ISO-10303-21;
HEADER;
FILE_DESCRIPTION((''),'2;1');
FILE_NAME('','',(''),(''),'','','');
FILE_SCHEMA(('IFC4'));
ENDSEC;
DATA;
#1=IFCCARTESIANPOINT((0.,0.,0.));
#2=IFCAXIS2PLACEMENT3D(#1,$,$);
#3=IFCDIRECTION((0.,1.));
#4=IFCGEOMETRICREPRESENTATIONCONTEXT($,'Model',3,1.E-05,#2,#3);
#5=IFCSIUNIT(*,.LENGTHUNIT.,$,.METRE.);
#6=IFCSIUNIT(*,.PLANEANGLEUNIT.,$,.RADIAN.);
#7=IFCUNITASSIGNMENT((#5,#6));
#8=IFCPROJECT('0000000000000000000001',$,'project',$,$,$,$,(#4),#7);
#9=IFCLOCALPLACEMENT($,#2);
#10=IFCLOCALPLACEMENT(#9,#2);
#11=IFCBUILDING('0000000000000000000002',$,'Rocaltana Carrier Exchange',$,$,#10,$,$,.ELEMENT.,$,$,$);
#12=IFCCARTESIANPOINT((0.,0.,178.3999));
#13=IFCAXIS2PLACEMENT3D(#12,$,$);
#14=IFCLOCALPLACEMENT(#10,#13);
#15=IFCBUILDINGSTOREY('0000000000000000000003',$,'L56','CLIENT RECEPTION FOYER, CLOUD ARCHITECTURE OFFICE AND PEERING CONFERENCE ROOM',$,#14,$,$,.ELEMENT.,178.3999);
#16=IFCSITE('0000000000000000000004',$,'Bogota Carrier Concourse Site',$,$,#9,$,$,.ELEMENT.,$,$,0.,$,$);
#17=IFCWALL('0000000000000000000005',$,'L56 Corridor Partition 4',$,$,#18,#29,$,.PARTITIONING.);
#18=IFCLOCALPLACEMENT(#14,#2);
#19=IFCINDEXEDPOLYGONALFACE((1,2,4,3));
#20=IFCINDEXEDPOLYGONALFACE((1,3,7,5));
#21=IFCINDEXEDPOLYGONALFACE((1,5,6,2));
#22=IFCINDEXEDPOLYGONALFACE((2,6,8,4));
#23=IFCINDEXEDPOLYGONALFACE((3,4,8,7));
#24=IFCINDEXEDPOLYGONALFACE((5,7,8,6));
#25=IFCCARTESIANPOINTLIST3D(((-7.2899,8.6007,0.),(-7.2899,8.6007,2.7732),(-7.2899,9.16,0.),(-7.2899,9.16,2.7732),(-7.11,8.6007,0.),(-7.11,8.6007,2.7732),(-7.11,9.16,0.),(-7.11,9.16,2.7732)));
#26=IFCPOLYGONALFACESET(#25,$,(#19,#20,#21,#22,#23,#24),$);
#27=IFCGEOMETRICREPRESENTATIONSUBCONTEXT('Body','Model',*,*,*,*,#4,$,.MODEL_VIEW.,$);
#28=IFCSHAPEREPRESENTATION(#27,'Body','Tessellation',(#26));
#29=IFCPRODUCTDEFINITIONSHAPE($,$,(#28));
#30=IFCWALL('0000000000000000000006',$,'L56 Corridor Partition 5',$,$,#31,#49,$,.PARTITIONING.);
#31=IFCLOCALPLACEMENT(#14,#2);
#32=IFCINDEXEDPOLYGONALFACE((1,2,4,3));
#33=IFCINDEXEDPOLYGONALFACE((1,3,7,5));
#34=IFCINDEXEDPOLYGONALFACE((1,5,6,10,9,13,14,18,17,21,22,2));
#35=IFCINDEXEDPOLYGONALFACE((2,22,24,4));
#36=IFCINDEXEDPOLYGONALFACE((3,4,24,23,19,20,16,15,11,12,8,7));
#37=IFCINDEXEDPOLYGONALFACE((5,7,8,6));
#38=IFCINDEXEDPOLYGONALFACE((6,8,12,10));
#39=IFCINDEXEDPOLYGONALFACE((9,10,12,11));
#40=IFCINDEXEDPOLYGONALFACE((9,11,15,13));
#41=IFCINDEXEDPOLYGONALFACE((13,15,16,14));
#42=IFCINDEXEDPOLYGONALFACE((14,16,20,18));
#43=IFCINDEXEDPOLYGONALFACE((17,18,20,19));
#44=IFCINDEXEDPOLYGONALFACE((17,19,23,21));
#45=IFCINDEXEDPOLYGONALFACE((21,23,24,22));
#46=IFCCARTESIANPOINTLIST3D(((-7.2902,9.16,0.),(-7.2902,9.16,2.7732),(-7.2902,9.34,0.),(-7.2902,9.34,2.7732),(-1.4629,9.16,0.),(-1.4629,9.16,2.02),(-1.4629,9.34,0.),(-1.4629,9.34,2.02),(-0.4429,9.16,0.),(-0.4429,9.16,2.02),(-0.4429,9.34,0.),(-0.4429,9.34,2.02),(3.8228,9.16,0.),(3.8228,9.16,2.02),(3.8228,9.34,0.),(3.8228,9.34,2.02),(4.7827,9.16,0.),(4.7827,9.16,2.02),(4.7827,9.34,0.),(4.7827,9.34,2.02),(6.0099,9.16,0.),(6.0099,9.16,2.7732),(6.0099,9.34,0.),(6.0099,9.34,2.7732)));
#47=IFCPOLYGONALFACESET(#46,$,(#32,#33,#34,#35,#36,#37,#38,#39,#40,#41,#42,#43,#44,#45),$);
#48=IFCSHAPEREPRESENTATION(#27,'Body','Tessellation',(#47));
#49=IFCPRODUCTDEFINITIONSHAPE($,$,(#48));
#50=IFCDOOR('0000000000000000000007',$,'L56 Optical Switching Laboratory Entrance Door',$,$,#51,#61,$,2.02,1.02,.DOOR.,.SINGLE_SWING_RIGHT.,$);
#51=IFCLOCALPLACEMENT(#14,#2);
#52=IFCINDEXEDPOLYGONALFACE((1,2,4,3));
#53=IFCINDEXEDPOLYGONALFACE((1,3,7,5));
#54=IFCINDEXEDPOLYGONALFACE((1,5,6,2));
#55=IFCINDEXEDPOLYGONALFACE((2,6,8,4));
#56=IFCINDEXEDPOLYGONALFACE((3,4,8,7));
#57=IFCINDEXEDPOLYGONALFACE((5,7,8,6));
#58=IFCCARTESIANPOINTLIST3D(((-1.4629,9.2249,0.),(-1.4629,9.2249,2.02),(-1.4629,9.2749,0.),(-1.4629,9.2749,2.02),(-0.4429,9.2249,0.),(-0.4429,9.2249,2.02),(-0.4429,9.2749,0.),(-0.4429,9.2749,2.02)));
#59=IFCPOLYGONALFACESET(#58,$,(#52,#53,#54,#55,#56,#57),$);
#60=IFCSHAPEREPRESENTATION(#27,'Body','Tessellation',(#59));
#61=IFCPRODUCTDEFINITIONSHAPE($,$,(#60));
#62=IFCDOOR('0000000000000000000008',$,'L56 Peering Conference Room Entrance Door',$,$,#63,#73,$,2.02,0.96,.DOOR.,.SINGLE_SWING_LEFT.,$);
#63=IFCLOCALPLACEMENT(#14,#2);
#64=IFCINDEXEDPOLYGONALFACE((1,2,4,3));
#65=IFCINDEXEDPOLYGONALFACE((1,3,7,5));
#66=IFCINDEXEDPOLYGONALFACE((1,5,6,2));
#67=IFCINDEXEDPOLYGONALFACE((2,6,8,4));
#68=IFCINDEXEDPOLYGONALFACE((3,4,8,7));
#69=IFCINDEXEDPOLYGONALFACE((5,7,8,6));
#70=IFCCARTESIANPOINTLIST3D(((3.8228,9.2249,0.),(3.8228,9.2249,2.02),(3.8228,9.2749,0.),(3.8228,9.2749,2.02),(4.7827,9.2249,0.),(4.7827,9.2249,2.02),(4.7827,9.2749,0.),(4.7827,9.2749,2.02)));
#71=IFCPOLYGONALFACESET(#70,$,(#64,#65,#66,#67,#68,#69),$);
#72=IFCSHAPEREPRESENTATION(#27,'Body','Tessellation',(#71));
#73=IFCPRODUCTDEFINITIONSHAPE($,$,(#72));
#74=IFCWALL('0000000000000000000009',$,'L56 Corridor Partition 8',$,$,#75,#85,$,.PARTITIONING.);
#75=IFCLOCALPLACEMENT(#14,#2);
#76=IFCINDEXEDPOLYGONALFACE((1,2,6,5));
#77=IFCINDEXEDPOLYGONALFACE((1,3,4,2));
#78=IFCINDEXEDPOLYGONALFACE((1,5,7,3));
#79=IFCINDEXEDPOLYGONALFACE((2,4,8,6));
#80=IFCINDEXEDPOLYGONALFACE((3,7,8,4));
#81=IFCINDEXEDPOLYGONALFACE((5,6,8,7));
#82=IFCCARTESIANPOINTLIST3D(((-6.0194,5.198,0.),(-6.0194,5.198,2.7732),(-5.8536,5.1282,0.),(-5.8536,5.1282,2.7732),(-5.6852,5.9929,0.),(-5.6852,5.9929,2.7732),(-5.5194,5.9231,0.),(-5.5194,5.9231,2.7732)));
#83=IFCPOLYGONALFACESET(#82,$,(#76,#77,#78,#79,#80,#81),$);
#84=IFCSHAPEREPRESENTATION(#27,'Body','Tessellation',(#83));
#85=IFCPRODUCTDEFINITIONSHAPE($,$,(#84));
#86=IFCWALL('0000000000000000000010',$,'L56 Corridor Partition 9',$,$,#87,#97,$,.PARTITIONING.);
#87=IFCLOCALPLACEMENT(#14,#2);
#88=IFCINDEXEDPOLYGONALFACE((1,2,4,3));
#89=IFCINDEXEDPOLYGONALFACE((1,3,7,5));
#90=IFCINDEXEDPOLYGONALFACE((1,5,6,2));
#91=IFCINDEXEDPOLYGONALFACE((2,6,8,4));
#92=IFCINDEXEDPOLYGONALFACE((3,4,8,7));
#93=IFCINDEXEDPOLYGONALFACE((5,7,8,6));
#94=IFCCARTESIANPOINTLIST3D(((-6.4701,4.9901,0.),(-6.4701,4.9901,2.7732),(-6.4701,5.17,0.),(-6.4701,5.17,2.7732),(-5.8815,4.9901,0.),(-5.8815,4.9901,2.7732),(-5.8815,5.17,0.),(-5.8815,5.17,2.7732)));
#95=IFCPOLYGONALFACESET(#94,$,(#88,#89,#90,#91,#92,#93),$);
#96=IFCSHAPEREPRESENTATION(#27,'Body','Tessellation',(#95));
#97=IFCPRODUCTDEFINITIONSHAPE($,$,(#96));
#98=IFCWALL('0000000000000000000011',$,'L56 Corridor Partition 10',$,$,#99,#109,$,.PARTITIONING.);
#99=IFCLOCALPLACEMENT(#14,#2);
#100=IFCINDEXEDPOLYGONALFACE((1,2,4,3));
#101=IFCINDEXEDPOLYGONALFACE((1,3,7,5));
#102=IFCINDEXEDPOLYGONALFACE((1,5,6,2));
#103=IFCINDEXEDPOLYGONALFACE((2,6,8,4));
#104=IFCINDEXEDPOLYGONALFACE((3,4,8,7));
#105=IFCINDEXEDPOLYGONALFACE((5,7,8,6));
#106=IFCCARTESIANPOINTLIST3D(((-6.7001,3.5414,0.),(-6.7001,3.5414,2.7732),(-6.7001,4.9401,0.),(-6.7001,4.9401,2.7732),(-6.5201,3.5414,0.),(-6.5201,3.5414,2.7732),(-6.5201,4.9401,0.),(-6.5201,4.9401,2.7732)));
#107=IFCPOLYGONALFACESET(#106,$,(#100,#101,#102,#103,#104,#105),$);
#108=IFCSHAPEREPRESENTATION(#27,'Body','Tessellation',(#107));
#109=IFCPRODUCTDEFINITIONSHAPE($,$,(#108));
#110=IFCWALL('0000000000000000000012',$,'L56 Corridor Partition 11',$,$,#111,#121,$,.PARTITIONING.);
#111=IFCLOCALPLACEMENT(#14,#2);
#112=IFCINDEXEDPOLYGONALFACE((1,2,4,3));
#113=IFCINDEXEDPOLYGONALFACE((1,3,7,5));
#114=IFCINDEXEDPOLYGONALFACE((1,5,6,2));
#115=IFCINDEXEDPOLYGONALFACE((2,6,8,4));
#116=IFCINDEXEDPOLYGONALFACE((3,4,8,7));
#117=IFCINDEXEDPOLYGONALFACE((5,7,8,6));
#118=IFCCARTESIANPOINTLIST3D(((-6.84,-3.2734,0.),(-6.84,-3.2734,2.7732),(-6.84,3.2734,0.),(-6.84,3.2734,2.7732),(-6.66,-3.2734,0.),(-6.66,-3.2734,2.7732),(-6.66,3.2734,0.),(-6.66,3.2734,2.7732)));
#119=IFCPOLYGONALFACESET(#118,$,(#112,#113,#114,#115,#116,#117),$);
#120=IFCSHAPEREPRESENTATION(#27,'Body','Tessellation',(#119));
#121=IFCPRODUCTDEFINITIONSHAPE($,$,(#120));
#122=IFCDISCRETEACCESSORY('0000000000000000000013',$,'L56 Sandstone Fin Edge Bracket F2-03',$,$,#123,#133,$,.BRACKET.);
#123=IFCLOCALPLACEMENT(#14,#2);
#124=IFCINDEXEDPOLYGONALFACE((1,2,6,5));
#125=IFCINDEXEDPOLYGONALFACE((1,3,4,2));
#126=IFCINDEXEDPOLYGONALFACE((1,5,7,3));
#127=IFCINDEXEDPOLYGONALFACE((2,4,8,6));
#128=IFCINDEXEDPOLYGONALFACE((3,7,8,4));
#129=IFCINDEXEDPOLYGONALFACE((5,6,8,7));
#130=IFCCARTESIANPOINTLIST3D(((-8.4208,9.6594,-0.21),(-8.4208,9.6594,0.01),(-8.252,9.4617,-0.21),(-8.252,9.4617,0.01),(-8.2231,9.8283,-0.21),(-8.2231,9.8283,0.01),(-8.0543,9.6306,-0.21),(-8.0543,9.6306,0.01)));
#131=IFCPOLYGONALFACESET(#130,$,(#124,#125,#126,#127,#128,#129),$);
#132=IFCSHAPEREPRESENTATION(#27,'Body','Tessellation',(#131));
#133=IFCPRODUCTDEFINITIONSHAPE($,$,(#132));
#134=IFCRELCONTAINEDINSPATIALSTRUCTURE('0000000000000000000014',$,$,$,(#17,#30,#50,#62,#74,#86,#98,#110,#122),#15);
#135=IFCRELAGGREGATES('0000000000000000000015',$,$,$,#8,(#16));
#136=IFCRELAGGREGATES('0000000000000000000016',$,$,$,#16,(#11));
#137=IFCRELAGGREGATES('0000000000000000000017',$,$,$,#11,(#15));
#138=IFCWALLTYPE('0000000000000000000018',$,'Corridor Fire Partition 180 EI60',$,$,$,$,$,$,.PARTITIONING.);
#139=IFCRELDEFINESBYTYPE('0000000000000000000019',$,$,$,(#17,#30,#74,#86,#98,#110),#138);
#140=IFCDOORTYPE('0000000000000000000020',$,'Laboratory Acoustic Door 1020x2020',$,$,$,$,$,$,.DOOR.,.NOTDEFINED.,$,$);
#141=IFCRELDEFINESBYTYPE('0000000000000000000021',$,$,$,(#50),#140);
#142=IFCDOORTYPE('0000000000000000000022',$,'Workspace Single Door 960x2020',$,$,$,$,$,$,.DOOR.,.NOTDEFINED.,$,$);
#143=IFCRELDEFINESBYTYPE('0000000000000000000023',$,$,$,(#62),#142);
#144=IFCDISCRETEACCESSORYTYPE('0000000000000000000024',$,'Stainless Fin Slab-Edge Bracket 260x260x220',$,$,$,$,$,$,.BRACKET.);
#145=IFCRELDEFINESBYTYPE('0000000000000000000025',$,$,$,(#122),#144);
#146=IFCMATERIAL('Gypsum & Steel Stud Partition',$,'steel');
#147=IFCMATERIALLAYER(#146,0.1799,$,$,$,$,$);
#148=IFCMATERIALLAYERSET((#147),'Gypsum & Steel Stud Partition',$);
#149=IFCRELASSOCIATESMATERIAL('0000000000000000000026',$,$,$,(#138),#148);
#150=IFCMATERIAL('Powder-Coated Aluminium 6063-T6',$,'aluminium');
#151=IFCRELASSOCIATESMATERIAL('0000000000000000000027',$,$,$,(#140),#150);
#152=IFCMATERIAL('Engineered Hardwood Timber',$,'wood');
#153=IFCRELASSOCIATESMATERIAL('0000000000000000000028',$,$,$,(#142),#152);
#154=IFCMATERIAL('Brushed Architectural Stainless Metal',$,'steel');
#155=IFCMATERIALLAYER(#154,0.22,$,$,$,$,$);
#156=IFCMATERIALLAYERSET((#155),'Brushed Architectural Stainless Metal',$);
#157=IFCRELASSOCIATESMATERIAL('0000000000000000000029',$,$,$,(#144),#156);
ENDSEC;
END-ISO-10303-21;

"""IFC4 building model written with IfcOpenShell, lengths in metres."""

from ifc_helpers import new_model, si_unit, direction, frame, frame_2d, origin, origin_2d, place, context, subcontext, project, spatial, rectangle, extrude, material, layer, layer_set, type_object, element, fill, save


model = new_model("IFC4")

# Units and contexts
model_context = context("Model", 3, precision=1e-05, world=origin(), true_north=direction((0.0, 1.0)))
body_context = subcontext(model_context, "Body", "Model", "MODEL_VIEW")
ifc_project = project(units=[si_unit("LENGTHUNIT", "METRE"), si_unit("PLANEANGLEUNIT", "RADIAN")], contexts=[model_context])

# Site, building, storey
site_placement = place(None, origin())
site = spatial("IfcSite", under=ifc_project, at=site_placement, Name="Bogota Carrier Concourse Site", CompositionType="ELEMENT", RefElevation=0.0)
building_placement = place(site_placement, origin())
building = spatial("IfcBuilding", under=site, at=building_placement, Name="Rocaltana Carrier Exchange", CompositionType="ELEMENT")
storey_placement = place(building_placement, frame((0.0, 0.0, 178.3999)))
storey = spatial("IfcBuildingStorey", under=building, at=storey_placement, Name="L56", Description="CLIENT RECEPTION FOYER, CLOUD ARCHITECTURE OFFICE AND PEERING CONFERENCE ROOM", CompositionType="ELEMENT", Elevation=178.3999)

# Wall
ifc_material_1 = material(Name="Gypsum & Steel Stud Partition", Category="steel")
ifc_layer_1 = layer(ifc_material_1, 0.1799)
ifc_layer_set_1 = layer_set([ifc_layer_1], Name="Gypsum & Steel Stud Partition")
wall_type_1 = type_object("IfcWallType", Name="Corridor Fire Partition 180 EI60", PredefinedType="PARTITIONING", material=ifc_layer_set_1)
wall_1_placement = place(storey_placement, frame((-7.2, 8.6006, 0.0), z_axis=(0.0, 0.0, 1.0), x_axis=(0.0, 1.0, 0.0)))
element("IfcWall", 1, at=wall_1_placement, inside=storey, type_object=wall_type_1, Name="L56 Corridor Partition 4", PredefinedType="PARTITIONING", context=body_context, shape_type="SweptSolid", body=[
    extrude(rectangle(XDim=0.5593, YDim=0.1799, at=frame_2d((0.2798, 0.0))), origin(), (0.0, 0.0, 1.0), 2.7732),
])

# Wall, openings, doors
wall_2_placement = place(storey_placement, frame((-7.29, 9.25, 0.0), z_axis=(0.0, 0.0, 1.0), x_axis=(1.0, 0.0, 0.0)))
wall_2 = element("IfcWall", 2, at=wall_2_placement, inside=storey, type_object=wall_type_1, Name="L56 Corridor Partition 5", PredefinedType="PARTITIONING", context=body_context, shape_type="SweptSolid", body=[
    extrude(rectangle(XDim=13.3, YDim=0.1799, at=frame_2d((6.6499, 0.0))), origin(), (0.0, 0.0, 1.0), 2.7732),
])
opening_1_placement = place(wall_2_placement, frame((11.1128, 0.0, 0.0)))
opening_1 = element("IfcOpeningElement", 3, at=opening_1_placement, cuts=wall_2, PredefinedType="OPENING", context=body_context, shape_type="SweptSolid", body=[
    extrude(rectangle(XDim=0.96, YDim=2.02, at=frame_2d((0.48, 1.01))), frame((0.0, 0.0999, 0.0), z_axis=(0.0, -1.0, 0.0), x_axis=(1.0, 0.0, 0.0)), (0.0, 0.0, 1.0), 0.2),
])
opening_2_placement = place(wall_2_placement, frame((5.8271, 0.0, 0.0)))
opening_2 = element("IfcOpeningElement", 4, at=opening_2_placement, cuts=wall_2, PredefinedType="OPENING", context=body_context, shape_type="SweptSolid", body=[
    extrude(rectangle(XDim=1.02, YDim=2.02, at=frame_2d((0.51, 1.01))), frame((0.0, 0.0999, 0.0), z_axis=(0.0, -1.0, 0.0), x_axis=(1.0, 0.0, 0.0)), (0.0, 0.0, 1.0), 0.2),
])
ifc_material_2 = material(Name="Powder-Coated Aluminium 6063-T6", Category="aluminium")
door_type_1 = type_object("IfcDoorType", Name="Laboratory Acoustic Door 1020x2020", OperationType="NOTDEFINED", PredefinedType="DOOR", material=ifc_material_2)
door_1_placement = place(opening_2_placement, origin())
door_1 = element("IfcDoor", 5, at=door_1_placement, inside=storey, type_object=door_type_1, Name="L56 Optical Switching Laboratory Entrance Door", OperationType="SINGLE_SWING_RIGHT", OverallHeight=2.02, OverallWidth=1.02, PredefinedType="DOOR", context=body_context, shape_type="SweptSolid", body=[
    extrude(rectangle(XDim=1.02, YDim=2.02, at=frame_2d((0.51, 1.01))), frame((0.0, 0.0249, 0.0), z_axis=(0.0, -1.0, 0.0), x_axis=(1.0, 0.0, 0.0)), (0.0, 0.0, 1.0), 0.05),
])
fill(opening_2, door_1)
ifc_material_3 = material(Name="Engineered Hardwood Timber", Category="wood")
door_type_2 = type_object("IfcDoorType", Name="Workspace Single Door 960x2020", OperationType="NOTDEFINED", PredefinedType="DOOR", material=ifc_material_3)
door_2_placement = place(opening_1_placement, origin())
door_2 = element("IfcDoor", 6, at=door_2_placement, inside=storey, type_object=door_type_2, Name="L56 Peering Conference Room Entrance Door", OperationType="SINGLE_SWING_LEFT", OverallHeight=2.02, OverallWidth=0.96, PredefinedType="DOOR", context=body_context, shape_type="SweptSolid", body=[
    extrude(rectangle(XDim=0.96, YDim=2.02, at=frame_2d((0.48, 1.01))), frame((0.0, 0.0249, 0.0), z_axis=(0.0, -1.0, 0.0), x_axis=(1.0, 0.0, 0.0)), (0.0, 0.0, 1.0), 0.05),
])
fill(opening_1, door_2)

# Walls
wall_3_placement = place(storey_placement, frame((-5.6023, 5.958, 0.0), z_axis=(0.0, 0.0, 1.0), x_axis=(-0.387589, -0.921832, 0.0)))
element("IfcWall", 7, at=wall_3_placement, inside=storey, type_object=wall_type_1, Name="L56 Corridor Partition 8", PredefinedType="PARTITIONING", context=body_context, shape_type="SweptSolid", body=[
    extrude(rectangle(XDim=0.8623, YDim=0.1799, at=frame_2d((0.4312, 0.0))), origin(), (0.0, 0.0, 1.0), 2.7732),
])
wall_4_placement = place(storey_placement, frame((-5.8813, 5.0801, 0.0), z_axis=(0.0, 0.0, 1.0), x_axis=(-1.0, 0.0, 0.0)))
element("IfcWall", 8, at=wall_4_placement, inside=storey, type_object=wall_type_1, Name="L56 Corridor Partition 9", PredefinedType="PARTITIONING", context=body_context, shape_type="SweptSolid", body=[
    extrude(rectangle(XDim=0.5886, YDim=0.1799, at=frame_2d((0.2944, 0.0))), origin(), (0.0, 0.0, 1.0), 2.7732),
])
wall_5_placement = place(storey_placement, frame((-6.6101, 4.9399, 0.0), z_axis=(0.0, 0.0, 1.0), x_axis=(0.0, -1.0, 0.0)))
element("IfcWall", 9, at=wall_5_placement, inside=storey, type_object=wall_type_1, Name="L56 Corridor Partition 10", PredefinedType="PARTITIONING", context=body_context, shape_type="SweptSolid", body=[
    extrude(rectangle(XDim=1.3987, YDim=0.1799, at=frame_2d((0.6992, 0.0))), origin(), (0.0, 0.0, 1.0), 2.7732),
])
wall_6_placement = place(storey_placement, frame((-6.75, 3.2734, 0.0), z_axis=(0.0, 0.0, 1.0), x_axis=(0.0, -1.0, 0.0)))
element("IfcWall", 10, at=wall_6_placement, inside=storey, type_object=wall_type_1, Name="L56 Corridor Partition 11", PredefinedType="PARTITIONING", context=body_context, shape_type="SweptSolid", body=[
    extrude(rectangle(XDim=6.5469, YDim=0.1799, at=frame_2d((3.2734, 0.0))), origin(), (0.0, 0.0, 1.0), 2.7732),
])

# Discrete accessory
ifc_material_4 = material(Name="Brushed Architectural Stainless Metal", Category="steel")
ifc_layer_2 = layer(ifc_material_4, 0.22)
ifc_layer_set_2 = layer_set([ifc_layer_2], Name="Brushed Architectural Stainless Metal")
discrete_accessory_type = type_object("IfcDiscreteAccessoryType", Name="Stainless Fin Slab-Edge Bracket 260x260x220", PredefinedType="BRACKET", material=ifc_layer_set_2)
discrete_accessory_placement = place(storey_placement, frame((-8.2375, 9.645, -0.21), z_axis=(0.0, 0.0, 1.0), x_axis=(-0.760406, -0.649448, 0.0)))
element("IfcDiscreteAccessory", 11, at=discrete_accessory_placement, inside=storey, type_object=discrete_accessory_type, Name="L56 Sandstone Fin Edge Bracket F2-03", PredefinedType="BRACKET", context=body_context, shape_type="SweptSolid", body=[
    extrude(rectangle(XDim=0.26, YDim=0.26, at=origin_2d()), origin(), (0.0, 0.0, 1.0), 0.22),
])

save(model, "model.ifc")
